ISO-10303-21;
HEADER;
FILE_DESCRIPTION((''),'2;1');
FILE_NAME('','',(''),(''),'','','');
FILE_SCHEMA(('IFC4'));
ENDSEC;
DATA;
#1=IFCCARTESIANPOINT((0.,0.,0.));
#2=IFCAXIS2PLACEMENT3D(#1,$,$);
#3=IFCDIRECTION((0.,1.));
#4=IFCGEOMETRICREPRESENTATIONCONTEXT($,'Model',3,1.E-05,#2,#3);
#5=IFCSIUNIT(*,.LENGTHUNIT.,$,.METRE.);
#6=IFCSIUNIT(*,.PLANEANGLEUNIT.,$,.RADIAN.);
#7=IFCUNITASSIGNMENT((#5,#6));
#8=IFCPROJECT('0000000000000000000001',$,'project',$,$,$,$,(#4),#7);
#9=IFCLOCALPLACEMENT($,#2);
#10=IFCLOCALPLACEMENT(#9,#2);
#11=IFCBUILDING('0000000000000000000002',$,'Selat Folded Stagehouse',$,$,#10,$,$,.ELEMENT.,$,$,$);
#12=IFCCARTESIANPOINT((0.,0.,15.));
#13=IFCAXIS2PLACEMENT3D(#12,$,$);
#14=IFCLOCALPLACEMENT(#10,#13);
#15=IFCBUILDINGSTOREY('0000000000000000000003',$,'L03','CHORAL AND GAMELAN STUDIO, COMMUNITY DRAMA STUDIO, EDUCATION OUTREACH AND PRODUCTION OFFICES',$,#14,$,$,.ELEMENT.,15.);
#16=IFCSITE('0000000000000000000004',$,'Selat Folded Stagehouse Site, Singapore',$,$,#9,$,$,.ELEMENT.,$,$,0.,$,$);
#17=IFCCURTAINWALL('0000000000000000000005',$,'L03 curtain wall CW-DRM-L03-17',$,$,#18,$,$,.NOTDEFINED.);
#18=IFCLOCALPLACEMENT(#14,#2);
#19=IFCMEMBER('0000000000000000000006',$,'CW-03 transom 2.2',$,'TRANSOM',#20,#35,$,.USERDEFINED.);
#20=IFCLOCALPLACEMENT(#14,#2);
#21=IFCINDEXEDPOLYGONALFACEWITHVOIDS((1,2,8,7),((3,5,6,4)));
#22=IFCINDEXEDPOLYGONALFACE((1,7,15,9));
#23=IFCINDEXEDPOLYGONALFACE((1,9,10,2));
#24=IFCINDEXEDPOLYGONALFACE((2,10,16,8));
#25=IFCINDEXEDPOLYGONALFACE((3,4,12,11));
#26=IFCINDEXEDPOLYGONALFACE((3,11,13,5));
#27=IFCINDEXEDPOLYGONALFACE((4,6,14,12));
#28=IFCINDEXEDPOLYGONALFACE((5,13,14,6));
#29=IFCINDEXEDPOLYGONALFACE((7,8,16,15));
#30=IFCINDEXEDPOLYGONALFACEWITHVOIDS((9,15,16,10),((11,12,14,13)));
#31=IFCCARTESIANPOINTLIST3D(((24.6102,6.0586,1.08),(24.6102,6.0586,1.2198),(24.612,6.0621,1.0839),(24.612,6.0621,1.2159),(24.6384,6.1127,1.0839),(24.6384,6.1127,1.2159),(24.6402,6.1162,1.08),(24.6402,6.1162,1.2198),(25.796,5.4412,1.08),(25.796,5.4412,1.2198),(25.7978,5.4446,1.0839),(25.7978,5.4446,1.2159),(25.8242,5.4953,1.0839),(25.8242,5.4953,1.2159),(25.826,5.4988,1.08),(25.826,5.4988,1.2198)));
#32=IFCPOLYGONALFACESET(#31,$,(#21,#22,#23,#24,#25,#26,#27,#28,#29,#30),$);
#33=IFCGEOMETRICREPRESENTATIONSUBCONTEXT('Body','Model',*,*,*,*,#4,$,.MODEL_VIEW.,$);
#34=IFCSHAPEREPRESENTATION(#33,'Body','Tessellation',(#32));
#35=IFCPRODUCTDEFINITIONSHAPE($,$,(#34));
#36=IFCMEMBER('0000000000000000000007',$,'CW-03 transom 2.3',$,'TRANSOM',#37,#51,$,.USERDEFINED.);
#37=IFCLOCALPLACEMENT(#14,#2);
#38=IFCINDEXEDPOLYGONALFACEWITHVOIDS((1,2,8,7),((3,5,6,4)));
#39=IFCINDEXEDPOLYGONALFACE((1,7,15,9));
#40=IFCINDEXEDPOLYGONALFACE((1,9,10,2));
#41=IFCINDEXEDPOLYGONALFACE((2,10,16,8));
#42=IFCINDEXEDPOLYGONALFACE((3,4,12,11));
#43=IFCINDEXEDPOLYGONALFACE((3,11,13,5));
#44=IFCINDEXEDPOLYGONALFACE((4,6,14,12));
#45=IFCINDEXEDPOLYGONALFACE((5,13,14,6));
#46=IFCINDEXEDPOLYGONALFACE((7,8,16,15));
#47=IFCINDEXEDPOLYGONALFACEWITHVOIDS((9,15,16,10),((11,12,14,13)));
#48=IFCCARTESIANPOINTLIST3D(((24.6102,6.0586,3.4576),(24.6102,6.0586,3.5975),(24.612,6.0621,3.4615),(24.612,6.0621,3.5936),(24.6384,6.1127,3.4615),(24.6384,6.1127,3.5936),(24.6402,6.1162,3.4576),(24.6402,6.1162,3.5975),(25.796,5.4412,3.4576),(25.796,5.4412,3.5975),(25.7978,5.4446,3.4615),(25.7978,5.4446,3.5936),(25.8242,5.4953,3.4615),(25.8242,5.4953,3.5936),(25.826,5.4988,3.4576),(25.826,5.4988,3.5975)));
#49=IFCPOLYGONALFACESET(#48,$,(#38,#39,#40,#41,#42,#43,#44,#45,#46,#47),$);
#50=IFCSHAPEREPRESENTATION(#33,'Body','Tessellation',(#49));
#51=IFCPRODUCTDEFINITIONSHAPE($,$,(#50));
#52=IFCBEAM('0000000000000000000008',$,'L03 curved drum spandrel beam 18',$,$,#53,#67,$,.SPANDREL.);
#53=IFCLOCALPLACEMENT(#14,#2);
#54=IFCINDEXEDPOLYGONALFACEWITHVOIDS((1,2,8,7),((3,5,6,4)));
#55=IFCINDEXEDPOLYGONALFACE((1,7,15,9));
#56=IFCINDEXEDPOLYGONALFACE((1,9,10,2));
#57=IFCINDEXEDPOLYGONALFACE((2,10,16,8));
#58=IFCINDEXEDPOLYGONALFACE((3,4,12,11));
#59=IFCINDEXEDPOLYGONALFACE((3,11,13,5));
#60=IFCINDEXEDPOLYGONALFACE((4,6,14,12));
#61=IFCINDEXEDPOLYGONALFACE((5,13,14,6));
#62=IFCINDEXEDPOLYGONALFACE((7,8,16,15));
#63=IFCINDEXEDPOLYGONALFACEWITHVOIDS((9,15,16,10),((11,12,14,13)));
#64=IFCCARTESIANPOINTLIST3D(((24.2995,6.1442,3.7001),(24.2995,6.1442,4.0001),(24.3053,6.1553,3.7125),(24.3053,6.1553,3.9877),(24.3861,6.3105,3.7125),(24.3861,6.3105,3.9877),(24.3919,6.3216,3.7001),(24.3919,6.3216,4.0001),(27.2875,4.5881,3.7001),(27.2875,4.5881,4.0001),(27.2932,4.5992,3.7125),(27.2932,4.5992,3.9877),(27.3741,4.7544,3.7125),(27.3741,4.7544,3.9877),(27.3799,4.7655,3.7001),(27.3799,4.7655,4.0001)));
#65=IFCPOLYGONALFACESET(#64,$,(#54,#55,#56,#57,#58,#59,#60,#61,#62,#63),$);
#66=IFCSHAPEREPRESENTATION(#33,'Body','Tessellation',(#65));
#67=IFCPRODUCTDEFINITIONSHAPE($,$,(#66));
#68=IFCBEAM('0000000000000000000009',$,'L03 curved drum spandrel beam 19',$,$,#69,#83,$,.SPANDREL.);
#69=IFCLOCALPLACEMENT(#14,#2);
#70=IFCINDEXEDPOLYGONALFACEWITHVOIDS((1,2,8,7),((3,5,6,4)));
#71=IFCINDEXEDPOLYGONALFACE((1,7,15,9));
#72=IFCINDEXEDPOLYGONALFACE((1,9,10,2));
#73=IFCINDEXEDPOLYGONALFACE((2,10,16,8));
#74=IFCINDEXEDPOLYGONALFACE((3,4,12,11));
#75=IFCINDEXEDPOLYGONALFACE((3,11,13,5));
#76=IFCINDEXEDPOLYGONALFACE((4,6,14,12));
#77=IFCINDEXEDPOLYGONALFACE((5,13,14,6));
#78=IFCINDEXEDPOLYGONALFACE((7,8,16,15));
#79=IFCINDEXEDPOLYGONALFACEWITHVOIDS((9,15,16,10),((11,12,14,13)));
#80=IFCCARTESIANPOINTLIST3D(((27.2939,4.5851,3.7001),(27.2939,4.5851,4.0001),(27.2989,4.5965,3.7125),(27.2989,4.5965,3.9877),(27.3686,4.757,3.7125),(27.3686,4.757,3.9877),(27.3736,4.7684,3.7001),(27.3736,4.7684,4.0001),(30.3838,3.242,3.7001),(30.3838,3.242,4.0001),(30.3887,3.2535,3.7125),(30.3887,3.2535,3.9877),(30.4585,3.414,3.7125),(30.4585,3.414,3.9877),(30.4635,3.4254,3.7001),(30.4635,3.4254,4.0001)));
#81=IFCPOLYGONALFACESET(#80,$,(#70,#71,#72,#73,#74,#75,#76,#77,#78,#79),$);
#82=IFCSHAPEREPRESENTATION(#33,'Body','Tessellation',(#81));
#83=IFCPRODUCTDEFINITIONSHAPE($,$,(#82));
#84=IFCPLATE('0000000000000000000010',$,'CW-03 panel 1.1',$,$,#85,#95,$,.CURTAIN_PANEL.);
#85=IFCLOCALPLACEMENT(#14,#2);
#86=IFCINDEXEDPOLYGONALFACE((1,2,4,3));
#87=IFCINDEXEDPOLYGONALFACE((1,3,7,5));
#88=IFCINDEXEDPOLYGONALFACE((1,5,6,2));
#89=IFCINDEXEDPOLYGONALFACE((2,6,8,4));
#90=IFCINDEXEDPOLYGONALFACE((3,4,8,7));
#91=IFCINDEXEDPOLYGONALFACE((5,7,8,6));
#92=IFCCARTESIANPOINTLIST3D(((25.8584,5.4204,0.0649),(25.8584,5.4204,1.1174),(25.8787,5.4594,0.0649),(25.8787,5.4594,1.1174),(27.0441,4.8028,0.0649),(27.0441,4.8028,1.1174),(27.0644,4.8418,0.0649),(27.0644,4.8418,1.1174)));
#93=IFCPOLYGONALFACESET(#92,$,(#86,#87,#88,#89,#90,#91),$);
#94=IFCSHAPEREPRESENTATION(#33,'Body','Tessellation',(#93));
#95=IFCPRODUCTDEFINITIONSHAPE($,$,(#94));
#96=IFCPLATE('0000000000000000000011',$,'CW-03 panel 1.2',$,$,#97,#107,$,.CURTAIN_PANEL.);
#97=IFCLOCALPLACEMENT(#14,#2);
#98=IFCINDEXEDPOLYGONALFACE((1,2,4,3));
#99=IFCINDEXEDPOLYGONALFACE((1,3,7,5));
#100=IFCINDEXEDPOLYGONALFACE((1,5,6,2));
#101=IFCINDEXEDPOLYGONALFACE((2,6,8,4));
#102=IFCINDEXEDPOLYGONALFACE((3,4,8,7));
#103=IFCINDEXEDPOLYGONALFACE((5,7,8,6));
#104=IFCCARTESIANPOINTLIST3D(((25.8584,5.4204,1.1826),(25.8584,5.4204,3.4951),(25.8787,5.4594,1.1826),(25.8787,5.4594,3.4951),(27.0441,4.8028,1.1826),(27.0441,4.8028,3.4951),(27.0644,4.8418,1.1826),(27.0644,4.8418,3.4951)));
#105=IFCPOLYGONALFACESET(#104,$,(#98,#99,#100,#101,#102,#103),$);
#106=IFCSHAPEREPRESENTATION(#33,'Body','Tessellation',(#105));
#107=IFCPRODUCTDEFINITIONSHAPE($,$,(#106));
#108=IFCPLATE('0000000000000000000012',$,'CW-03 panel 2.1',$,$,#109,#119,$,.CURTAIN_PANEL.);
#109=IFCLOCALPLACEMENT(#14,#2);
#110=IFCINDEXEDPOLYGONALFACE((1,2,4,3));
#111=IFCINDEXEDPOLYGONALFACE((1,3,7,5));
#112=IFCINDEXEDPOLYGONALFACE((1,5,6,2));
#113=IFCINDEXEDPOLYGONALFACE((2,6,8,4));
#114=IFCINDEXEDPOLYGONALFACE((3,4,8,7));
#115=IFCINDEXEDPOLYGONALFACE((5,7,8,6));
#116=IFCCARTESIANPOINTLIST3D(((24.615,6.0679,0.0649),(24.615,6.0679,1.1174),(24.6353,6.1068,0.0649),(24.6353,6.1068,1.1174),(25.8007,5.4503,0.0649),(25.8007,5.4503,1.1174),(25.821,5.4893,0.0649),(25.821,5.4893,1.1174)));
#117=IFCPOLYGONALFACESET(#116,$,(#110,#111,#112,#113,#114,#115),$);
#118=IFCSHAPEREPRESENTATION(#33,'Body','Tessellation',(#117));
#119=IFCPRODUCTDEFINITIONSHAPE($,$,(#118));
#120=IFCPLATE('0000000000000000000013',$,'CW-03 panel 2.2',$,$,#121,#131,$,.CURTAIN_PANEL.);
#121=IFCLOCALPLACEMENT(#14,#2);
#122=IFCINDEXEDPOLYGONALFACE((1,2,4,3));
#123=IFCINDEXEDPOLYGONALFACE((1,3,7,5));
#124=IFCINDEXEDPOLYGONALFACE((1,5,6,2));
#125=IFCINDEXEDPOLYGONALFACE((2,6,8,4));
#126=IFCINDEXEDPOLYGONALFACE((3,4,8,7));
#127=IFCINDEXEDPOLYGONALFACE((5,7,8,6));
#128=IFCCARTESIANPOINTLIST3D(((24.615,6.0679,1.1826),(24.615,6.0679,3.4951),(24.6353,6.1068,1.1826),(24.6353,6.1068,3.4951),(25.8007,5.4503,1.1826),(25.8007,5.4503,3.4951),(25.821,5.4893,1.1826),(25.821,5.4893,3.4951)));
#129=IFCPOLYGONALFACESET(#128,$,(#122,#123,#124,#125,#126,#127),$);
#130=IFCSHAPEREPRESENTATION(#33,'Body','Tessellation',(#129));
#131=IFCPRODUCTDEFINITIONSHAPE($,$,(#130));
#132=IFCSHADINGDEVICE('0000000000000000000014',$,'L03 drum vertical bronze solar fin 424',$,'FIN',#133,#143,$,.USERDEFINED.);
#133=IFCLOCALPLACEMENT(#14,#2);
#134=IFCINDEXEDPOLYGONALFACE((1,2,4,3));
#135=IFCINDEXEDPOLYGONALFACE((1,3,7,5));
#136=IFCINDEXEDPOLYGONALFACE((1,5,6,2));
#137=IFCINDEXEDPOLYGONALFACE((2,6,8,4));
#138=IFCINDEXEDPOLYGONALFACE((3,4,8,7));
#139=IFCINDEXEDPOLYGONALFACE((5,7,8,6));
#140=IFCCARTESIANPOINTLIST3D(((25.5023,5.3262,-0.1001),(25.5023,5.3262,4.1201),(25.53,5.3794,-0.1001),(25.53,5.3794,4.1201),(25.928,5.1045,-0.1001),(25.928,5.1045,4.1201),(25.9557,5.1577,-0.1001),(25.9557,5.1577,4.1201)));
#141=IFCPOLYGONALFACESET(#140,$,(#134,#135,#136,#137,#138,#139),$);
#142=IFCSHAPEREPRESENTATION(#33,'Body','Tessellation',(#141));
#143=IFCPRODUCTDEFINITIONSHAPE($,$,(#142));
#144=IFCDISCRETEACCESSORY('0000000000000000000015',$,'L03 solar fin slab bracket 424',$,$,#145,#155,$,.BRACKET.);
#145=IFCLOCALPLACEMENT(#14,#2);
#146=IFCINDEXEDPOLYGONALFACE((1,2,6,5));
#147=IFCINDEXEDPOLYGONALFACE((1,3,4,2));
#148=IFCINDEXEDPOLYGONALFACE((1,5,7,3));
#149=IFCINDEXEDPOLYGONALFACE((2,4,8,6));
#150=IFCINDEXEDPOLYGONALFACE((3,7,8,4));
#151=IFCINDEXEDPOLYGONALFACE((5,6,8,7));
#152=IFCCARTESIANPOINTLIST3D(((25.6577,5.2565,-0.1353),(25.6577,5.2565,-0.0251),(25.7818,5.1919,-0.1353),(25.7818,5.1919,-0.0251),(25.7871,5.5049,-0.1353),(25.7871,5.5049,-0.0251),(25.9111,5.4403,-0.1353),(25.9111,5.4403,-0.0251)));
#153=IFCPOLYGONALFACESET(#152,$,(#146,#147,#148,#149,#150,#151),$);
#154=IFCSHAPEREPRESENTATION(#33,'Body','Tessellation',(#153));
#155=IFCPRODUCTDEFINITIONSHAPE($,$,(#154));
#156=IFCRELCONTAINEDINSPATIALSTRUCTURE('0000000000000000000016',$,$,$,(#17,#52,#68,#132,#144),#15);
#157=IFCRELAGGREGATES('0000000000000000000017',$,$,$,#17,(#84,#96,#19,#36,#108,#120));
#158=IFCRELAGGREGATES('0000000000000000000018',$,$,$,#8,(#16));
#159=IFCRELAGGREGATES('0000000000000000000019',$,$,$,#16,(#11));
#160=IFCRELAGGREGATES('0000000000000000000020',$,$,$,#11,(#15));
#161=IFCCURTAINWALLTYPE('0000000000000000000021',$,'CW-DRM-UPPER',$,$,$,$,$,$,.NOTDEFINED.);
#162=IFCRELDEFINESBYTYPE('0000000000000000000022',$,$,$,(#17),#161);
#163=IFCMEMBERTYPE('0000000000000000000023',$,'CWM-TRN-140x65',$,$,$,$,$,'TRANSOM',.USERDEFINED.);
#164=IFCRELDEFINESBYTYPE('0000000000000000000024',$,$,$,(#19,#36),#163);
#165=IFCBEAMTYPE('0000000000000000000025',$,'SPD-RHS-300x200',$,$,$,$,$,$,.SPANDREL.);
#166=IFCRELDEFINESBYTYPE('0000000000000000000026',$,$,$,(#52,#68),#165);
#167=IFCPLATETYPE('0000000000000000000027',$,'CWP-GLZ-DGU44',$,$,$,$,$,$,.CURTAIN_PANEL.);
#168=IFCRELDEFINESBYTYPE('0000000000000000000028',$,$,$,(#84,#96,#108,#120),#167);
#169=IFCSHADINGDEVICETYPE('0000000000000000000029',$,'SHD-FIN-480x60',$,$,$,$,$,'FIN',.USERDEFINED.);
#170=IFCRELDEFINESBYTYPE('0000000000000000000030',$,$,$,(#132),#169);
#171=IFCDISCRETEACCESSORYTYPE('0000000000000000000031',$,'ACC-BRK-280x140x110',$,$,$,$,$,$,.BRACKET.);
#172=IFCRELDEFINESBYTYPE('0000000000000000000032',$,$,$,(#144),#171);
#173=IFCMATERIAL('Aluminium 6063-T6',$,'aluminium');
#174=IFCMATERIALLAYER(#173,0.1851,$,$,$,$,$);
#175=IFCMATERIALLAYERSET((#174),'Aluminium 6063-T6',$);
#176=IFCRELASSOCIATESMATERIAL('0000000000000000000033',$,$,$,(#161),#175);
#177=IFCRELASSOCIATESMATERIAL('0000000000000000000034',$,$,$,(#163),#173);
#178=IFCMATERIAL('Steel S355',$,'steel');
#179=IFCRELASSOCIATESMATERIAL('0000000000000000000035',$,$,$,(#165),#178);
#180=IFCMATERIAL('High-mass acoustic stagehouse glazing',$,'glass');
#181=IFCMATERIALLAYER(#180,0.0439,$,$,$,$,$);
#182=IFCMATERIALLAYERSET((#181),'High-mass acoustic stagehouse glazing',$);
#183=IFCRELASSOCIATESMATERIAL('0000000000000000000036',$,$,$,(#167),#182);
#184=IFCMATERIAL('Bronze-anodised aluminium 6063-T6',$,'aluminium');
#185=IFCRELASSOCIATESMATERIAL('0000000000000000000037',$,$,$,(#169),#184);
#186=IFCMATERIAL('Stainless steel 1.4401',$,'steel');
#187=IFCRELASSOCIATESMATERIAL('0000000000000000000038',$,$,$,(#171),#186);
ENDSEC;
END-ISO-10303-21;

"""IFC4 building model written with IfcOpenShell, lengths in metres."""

from ifc_helpers import new_model, si_unit, direction, frame, origin, origin_2d, place, context, subcontext, project, spatial, rectangle, hollow_rectangle, extrude, material, layer, layer_set, material_profile, profile_set, type_object, element, aggregate, save


model = new_model("IFC4")

# Units and contexts
model_context = context("Model", 3, precision=1e-05, world=origin(), true_north=direction((0.0, 1.0)))
body_context = subcontext(model_context, "Body", "Model", "MODEL_VIEW")
ifc_project = project(units=[si_unit("LENGTHUNIT", "METRE"), si_unit("PLANEANGLEUNIT", "RADIAN")], contexts=[model_context])

# Site, building, storey
site_placement = place(None, origin())
site = spatial("IfcSite", under=ifc_project, at=site_placement, Name="Selat Folded Stagehouse Site, Singapore", CompositionType="ELEMENT", RefElevation=0.0)
building_placement = place(site_placement, origin())
building = spatial("IfcBuilding", under=site, at=building_placement, Name="Selat Folded Stagehouse", CompositionType="ELEMENT")
storey_placement = place(building_placement, frame((0.0, 0.0, 15.0)))
storey = spatial("IfcBuildingStorey", under=building, at=storey_placement, Name="L03", Description="CHORAL AND GAMELAN STUDIO, COMMUNITY DRAMA STUDIO, EDUCATION OUTREACH AND PRODUCTION OFFICES", CompositionType="ELEMENT", Elevation=15.0)

# Shared definitions
ifc_material_1 = material(Name="Steel S355", Category="steel")

# Curtain wall, members
ifc_material_2 = material(Name="Aluminium 6063-T6", Category="aluminium")
ifc_layer_1 = layer(ifc_material_2, 0.1851)
ifc_layer_set_1 = layer_set([ifc_layer_1], Name="Aluminium 6063-T6")
curtain_wall_type = type_object("IfcCurtainWallType", Name="CW-DRM-UPPER", PredefinedType="NOTDEFINED", material=ifc_layer_set_1)
curtain_wall_placement = place(storey_placement, origin())
curtain_wall = element("IfcCurtainWall", 1, at=curtain_wall_placement, inside=storey, type_object=curtain_wall_type, Name="L03 curtain wall CW-DRM-L03-17", PredefinedType="NOTDEFINED")
ifc_material_profile_1 = material_profile(ifc_material_2, hollow_rectangle(XDim=0.0649, YDim=0.1399, WallThickness=0.0039, at=origin_2d()), Name="ALU 140x65x4.0")
ifc_profile_set_1 = profile_set([ifc_material_profile_1], Name="Aluminium 6063-T6")
member_type_1 = type_object("IfcMemberType", Name="CWM-TRN-140x65", ElementType="TRANSOM", PredefinedType="USERDEFINED", material=ifc_profile_set_1)
member_1_placement = place(storey_placement, frame((25.811, 5.47, 1.1499), z_axis=(-0.886966, 0.461836, 0.0), x_axis=(-0.461836, -0.886966, 0.0)))
member_1 = element("IfcMember", 2, at=member_1_placement, type_object=member_type_1, Name="CW-03 transom 2.2", ObjectType="TRANSOM", PredefinedType="USERDEFINED", context=body_context, shape_type="SweptSolid", body=[
    extrude(hollow_rectangle(XDim=0.0649, YDim=0.1399, WallThickness=0.0039, at=origin_2d()), origin(), (0.0, 0.0, 1.0), 1.3369),
])
member_2_placement = place(storey_placement, frame((25.811, 5.47, 3.5276), z_axis=(-0.886966, 0.461836, 0.0), x_axis=(-0.461836, -0.886966, 0.0)))
member_2 = element("IfcMember", 3, at=member_2_placement, type_object=member_type_1, Name="CW-03 transom 2.3", ObjectType="TRANSOM", PredefinedType="USERDEFINED", context=body_context, shape_type="SweptSolid", body=[
    extrude(hollow_rectangle(XDim=0.0649, YDim=0.1399, WallThickness=0.0039, at=origin_2d()), origin(), (0.0, 0.0, 1.0), 1.3369),
])

# Beams
ifc_material_profile_2 = material_profile(ifc_material_1, hollow_rectangle(XDim=0.2, YDim=0.3, WallThickness=0.0125, at=origin_2d()), Name="RHS 300x200x12.5")
ifc_profile_set_2 = profile_set([ifc_material_profile_2], Name="Steel S355")
beam_type = type_object("IfcBeamType", Name="SPD-RHS-300x200", PredefinedType="SPANDREL", material=ifc_profile_set_2)
beam_1_placement = place(storey_placement, frame((24.3457, 6.2329, 3.8501), z_axis=(0.886928, -0.461907, 0.0), x_axis=(0.461907, 0.886928, 0.0)))
element("IfcBeam", 4, at=beam_1_placement, inside=storey, type_object=beam_type, Name="L03 curved drum spandrel beam 18", PredefinedType="SPANDREL", context=body_context, shape_type="SweptSolid", body=[
    extrude(hollow_rectangle(XDim=0.2, YDim=0.3, WallThickness=0.0125, at=origin_2d()), origin(), (0.0, 0.0, 1.0), 3.3689),
])
beam_2_placement = place(storey_placement, frame((27.3337, 4.6768, 3.8501), z_axis=(0.917113, -0.398628, 0.0), x_axis=(0.398628, 0.917113, 0.0)))
element("IfcBeam", 5, at=beam_2_placement, inside=storey, type_object=beam_type, Name="L03 curved drum spandrel beam 19", PredefinedType="SPANDREL", context=body_context, shape_type="SweptSolid", body=[
    extrude(hollow_rectangle(XDim=0.2, YDim=0.3, WallThickness=0.0125, at=origin_2d()), origin(), (0.0, 0.0, 1.0), 3.3691),
])

# Plates
ifc_material_3 = material(Name="High-mass acoustic stagehouse glazing", Category="glass")
ifc_layer_2 = layer(ifc_material_3, 0.0439)
ifc_layer_set_2 = layer_set([ifc_layer_2], Name="High-mass acoustic stagehouse glazing")
plate_type = type_object("IfcPlateType", Name="CWP-GLZ-DGU44", PredefinedType="CURTAIN_PANEL", material=ifc_layer_set_2)
plate_1_placement = place(storey_placement, frame((26.4614, 5.1311, 0.0649), z_axis=(0.0, 0.0, 1.0), x_axis=(-0.886916, 0.461931, 0.0)))
plate_1 = element("IfcPlate", 6, at=plate_1_placement, type_object=plate_type, Name="CW-03 panel 1.1", PredefinedType="CURTAIN_PANEL", context=body_context, shape_type="SweptSolid", body=[
    extrude(rectangle(XDim=1.3369, YDim=0.0439, at=origin_2d()), origin(), (0.0, 0.0, 1.0), 1.0525),
])
plate_2_placement = place(storey_placement, frame((26.4614, 5.1311, 1.1826), z_axis=(0.0, 0.0, 1.0), x_axis=(-0.886916, 0.461931, 0.0)))
plate_2 = element("IfcPlate", 7, at=plate_2_placement, type_object=plate_type, Name="CW-03 panel 1.2", PredefinedType="CURTAIN_PANEL", context=body_context, shape_type="SweptSolid", body=[
    extrude(rectangle(XDim=1.3369, YDim=0.0439, at=origin_2d()), origin(), (0.0, 0.0, 1.0), 2.3125),
])
plate_3_placement = place(storey_placement, frame((25.218, 5.7786, 0.0649), z_axis=(0.0, 0.0, 1.0), x_axis=(-0.886916, 0.461931, 0.0)))
plate_3 = element("IfcPlate", 8, at=plate_3_placement, type_object=plate_type, Name="CW-03 panel 2.1", PredefinedType="CURTAIN_PANEL", context=body_context, shape_type="SweptSolid", body=[
    extrude(rectangle(XDim=1.3369, YDim=0.0439, at=origin_2d()), origin(), (0.0, 0.0, 1.0), 1.0525),
])
plate_4_placement = place(storey_placement, frame((25.218, 5.7786, 1.1826), z_axis=(0.0, 0.0, 1.0), x_axis=(-0.886916, 0.461931, 0.0)))
plate_4 = element("IfcPlate", 9, at=plate_4_placement, type_object=plate_type, Name="CW-03 panel 2.2", PredefinedType="CURTAIN_PANEL", context=body_context, shape_type="SweptSolid", body=[
    extrude(rectangle(XDim=1.3369, YDim=0.0439, at=origin_2d()), origin(), (0.0, 0.0, 1.0), 2.3125),
])
aggregate(curtain_wall, [plate_1, plate_2, member_1, member_2, plate_3, plate_4])

# Shading device
ifc_material_4 = material(Name="Bronze-anodised aluminium 6063-T6", Category="aluminium")
ifc_material_profile_3 = material_profile(ifc_material_4, rectangle(XDim=0.0601, YDim=0.48, at=origin_2d()), Name="SOLAR-FIN 480x60")
ifc_profile_set_3 = profile_set([ifc_material_profile_3], Name="Bronze-anodised aluminium 6063-T6")
shading_device_type = type_object("IfcShadingDeviceType", Name="SHD-FIN-480x60", ElementType="FIN", PredefinedType="USERDEFINED", material=ifc_profile_set_3)
shading_device_placement = place(storey_placement, frame((25.729, 5.2419, -0.1001), z_axis=(0.0, 0.0, 1.0), x_axis=(-0.461903, -0.88693, 0.0)))
element("IfcShadingDevice", 10, at=shading_device_placement, inside=storey, type_object=shading_device_type, Name="L03 drum vertical bronze solar fin 424", ObjectType="FIN", PredefinedType="USERDEFINED", context=body_context, shape_type="SweptSolid", body=[
    extrude(rectangle(XDim=0.0601, YDim=0.48, at=origin_2d()), origin(), (0.0, 0.0, 1.0), 4.2202),
])

# Discrete accessory
ifc_material_5 = material(Name="Stainless steel 1.4401", Category="steel")
discrete_accessory_type = type_object("IfcDiscreteAccessoryType", Name="ACC-BRK-280x140x110", PredefinedType="BRACKET", material=ifc_material_5)
discrete_accessory_placement = place(storey_placement, frame((25.7844, 5.3484, -0.1353), z_axis=(0.0, 0.0, 1.0), x_axis=(-0.461903, -0.88693, 0.0)))
element("IfcDiscreteAccessory", 11, at=discrete_accessory_placement, inside=storey, type_object=discrete_accessory_type, Name="L03 solar fin slab bracket 424", PredefinedType="BRACKET", context=body_context, shape_type="SweptSolid", body=[
    extrude(rectangle(XDim=0.28, YDim=0.1399, at=origin_2d()), origin(), (0.0, 0.0, 1.0), 0.1101),
])

save(model, "model.ifc")
